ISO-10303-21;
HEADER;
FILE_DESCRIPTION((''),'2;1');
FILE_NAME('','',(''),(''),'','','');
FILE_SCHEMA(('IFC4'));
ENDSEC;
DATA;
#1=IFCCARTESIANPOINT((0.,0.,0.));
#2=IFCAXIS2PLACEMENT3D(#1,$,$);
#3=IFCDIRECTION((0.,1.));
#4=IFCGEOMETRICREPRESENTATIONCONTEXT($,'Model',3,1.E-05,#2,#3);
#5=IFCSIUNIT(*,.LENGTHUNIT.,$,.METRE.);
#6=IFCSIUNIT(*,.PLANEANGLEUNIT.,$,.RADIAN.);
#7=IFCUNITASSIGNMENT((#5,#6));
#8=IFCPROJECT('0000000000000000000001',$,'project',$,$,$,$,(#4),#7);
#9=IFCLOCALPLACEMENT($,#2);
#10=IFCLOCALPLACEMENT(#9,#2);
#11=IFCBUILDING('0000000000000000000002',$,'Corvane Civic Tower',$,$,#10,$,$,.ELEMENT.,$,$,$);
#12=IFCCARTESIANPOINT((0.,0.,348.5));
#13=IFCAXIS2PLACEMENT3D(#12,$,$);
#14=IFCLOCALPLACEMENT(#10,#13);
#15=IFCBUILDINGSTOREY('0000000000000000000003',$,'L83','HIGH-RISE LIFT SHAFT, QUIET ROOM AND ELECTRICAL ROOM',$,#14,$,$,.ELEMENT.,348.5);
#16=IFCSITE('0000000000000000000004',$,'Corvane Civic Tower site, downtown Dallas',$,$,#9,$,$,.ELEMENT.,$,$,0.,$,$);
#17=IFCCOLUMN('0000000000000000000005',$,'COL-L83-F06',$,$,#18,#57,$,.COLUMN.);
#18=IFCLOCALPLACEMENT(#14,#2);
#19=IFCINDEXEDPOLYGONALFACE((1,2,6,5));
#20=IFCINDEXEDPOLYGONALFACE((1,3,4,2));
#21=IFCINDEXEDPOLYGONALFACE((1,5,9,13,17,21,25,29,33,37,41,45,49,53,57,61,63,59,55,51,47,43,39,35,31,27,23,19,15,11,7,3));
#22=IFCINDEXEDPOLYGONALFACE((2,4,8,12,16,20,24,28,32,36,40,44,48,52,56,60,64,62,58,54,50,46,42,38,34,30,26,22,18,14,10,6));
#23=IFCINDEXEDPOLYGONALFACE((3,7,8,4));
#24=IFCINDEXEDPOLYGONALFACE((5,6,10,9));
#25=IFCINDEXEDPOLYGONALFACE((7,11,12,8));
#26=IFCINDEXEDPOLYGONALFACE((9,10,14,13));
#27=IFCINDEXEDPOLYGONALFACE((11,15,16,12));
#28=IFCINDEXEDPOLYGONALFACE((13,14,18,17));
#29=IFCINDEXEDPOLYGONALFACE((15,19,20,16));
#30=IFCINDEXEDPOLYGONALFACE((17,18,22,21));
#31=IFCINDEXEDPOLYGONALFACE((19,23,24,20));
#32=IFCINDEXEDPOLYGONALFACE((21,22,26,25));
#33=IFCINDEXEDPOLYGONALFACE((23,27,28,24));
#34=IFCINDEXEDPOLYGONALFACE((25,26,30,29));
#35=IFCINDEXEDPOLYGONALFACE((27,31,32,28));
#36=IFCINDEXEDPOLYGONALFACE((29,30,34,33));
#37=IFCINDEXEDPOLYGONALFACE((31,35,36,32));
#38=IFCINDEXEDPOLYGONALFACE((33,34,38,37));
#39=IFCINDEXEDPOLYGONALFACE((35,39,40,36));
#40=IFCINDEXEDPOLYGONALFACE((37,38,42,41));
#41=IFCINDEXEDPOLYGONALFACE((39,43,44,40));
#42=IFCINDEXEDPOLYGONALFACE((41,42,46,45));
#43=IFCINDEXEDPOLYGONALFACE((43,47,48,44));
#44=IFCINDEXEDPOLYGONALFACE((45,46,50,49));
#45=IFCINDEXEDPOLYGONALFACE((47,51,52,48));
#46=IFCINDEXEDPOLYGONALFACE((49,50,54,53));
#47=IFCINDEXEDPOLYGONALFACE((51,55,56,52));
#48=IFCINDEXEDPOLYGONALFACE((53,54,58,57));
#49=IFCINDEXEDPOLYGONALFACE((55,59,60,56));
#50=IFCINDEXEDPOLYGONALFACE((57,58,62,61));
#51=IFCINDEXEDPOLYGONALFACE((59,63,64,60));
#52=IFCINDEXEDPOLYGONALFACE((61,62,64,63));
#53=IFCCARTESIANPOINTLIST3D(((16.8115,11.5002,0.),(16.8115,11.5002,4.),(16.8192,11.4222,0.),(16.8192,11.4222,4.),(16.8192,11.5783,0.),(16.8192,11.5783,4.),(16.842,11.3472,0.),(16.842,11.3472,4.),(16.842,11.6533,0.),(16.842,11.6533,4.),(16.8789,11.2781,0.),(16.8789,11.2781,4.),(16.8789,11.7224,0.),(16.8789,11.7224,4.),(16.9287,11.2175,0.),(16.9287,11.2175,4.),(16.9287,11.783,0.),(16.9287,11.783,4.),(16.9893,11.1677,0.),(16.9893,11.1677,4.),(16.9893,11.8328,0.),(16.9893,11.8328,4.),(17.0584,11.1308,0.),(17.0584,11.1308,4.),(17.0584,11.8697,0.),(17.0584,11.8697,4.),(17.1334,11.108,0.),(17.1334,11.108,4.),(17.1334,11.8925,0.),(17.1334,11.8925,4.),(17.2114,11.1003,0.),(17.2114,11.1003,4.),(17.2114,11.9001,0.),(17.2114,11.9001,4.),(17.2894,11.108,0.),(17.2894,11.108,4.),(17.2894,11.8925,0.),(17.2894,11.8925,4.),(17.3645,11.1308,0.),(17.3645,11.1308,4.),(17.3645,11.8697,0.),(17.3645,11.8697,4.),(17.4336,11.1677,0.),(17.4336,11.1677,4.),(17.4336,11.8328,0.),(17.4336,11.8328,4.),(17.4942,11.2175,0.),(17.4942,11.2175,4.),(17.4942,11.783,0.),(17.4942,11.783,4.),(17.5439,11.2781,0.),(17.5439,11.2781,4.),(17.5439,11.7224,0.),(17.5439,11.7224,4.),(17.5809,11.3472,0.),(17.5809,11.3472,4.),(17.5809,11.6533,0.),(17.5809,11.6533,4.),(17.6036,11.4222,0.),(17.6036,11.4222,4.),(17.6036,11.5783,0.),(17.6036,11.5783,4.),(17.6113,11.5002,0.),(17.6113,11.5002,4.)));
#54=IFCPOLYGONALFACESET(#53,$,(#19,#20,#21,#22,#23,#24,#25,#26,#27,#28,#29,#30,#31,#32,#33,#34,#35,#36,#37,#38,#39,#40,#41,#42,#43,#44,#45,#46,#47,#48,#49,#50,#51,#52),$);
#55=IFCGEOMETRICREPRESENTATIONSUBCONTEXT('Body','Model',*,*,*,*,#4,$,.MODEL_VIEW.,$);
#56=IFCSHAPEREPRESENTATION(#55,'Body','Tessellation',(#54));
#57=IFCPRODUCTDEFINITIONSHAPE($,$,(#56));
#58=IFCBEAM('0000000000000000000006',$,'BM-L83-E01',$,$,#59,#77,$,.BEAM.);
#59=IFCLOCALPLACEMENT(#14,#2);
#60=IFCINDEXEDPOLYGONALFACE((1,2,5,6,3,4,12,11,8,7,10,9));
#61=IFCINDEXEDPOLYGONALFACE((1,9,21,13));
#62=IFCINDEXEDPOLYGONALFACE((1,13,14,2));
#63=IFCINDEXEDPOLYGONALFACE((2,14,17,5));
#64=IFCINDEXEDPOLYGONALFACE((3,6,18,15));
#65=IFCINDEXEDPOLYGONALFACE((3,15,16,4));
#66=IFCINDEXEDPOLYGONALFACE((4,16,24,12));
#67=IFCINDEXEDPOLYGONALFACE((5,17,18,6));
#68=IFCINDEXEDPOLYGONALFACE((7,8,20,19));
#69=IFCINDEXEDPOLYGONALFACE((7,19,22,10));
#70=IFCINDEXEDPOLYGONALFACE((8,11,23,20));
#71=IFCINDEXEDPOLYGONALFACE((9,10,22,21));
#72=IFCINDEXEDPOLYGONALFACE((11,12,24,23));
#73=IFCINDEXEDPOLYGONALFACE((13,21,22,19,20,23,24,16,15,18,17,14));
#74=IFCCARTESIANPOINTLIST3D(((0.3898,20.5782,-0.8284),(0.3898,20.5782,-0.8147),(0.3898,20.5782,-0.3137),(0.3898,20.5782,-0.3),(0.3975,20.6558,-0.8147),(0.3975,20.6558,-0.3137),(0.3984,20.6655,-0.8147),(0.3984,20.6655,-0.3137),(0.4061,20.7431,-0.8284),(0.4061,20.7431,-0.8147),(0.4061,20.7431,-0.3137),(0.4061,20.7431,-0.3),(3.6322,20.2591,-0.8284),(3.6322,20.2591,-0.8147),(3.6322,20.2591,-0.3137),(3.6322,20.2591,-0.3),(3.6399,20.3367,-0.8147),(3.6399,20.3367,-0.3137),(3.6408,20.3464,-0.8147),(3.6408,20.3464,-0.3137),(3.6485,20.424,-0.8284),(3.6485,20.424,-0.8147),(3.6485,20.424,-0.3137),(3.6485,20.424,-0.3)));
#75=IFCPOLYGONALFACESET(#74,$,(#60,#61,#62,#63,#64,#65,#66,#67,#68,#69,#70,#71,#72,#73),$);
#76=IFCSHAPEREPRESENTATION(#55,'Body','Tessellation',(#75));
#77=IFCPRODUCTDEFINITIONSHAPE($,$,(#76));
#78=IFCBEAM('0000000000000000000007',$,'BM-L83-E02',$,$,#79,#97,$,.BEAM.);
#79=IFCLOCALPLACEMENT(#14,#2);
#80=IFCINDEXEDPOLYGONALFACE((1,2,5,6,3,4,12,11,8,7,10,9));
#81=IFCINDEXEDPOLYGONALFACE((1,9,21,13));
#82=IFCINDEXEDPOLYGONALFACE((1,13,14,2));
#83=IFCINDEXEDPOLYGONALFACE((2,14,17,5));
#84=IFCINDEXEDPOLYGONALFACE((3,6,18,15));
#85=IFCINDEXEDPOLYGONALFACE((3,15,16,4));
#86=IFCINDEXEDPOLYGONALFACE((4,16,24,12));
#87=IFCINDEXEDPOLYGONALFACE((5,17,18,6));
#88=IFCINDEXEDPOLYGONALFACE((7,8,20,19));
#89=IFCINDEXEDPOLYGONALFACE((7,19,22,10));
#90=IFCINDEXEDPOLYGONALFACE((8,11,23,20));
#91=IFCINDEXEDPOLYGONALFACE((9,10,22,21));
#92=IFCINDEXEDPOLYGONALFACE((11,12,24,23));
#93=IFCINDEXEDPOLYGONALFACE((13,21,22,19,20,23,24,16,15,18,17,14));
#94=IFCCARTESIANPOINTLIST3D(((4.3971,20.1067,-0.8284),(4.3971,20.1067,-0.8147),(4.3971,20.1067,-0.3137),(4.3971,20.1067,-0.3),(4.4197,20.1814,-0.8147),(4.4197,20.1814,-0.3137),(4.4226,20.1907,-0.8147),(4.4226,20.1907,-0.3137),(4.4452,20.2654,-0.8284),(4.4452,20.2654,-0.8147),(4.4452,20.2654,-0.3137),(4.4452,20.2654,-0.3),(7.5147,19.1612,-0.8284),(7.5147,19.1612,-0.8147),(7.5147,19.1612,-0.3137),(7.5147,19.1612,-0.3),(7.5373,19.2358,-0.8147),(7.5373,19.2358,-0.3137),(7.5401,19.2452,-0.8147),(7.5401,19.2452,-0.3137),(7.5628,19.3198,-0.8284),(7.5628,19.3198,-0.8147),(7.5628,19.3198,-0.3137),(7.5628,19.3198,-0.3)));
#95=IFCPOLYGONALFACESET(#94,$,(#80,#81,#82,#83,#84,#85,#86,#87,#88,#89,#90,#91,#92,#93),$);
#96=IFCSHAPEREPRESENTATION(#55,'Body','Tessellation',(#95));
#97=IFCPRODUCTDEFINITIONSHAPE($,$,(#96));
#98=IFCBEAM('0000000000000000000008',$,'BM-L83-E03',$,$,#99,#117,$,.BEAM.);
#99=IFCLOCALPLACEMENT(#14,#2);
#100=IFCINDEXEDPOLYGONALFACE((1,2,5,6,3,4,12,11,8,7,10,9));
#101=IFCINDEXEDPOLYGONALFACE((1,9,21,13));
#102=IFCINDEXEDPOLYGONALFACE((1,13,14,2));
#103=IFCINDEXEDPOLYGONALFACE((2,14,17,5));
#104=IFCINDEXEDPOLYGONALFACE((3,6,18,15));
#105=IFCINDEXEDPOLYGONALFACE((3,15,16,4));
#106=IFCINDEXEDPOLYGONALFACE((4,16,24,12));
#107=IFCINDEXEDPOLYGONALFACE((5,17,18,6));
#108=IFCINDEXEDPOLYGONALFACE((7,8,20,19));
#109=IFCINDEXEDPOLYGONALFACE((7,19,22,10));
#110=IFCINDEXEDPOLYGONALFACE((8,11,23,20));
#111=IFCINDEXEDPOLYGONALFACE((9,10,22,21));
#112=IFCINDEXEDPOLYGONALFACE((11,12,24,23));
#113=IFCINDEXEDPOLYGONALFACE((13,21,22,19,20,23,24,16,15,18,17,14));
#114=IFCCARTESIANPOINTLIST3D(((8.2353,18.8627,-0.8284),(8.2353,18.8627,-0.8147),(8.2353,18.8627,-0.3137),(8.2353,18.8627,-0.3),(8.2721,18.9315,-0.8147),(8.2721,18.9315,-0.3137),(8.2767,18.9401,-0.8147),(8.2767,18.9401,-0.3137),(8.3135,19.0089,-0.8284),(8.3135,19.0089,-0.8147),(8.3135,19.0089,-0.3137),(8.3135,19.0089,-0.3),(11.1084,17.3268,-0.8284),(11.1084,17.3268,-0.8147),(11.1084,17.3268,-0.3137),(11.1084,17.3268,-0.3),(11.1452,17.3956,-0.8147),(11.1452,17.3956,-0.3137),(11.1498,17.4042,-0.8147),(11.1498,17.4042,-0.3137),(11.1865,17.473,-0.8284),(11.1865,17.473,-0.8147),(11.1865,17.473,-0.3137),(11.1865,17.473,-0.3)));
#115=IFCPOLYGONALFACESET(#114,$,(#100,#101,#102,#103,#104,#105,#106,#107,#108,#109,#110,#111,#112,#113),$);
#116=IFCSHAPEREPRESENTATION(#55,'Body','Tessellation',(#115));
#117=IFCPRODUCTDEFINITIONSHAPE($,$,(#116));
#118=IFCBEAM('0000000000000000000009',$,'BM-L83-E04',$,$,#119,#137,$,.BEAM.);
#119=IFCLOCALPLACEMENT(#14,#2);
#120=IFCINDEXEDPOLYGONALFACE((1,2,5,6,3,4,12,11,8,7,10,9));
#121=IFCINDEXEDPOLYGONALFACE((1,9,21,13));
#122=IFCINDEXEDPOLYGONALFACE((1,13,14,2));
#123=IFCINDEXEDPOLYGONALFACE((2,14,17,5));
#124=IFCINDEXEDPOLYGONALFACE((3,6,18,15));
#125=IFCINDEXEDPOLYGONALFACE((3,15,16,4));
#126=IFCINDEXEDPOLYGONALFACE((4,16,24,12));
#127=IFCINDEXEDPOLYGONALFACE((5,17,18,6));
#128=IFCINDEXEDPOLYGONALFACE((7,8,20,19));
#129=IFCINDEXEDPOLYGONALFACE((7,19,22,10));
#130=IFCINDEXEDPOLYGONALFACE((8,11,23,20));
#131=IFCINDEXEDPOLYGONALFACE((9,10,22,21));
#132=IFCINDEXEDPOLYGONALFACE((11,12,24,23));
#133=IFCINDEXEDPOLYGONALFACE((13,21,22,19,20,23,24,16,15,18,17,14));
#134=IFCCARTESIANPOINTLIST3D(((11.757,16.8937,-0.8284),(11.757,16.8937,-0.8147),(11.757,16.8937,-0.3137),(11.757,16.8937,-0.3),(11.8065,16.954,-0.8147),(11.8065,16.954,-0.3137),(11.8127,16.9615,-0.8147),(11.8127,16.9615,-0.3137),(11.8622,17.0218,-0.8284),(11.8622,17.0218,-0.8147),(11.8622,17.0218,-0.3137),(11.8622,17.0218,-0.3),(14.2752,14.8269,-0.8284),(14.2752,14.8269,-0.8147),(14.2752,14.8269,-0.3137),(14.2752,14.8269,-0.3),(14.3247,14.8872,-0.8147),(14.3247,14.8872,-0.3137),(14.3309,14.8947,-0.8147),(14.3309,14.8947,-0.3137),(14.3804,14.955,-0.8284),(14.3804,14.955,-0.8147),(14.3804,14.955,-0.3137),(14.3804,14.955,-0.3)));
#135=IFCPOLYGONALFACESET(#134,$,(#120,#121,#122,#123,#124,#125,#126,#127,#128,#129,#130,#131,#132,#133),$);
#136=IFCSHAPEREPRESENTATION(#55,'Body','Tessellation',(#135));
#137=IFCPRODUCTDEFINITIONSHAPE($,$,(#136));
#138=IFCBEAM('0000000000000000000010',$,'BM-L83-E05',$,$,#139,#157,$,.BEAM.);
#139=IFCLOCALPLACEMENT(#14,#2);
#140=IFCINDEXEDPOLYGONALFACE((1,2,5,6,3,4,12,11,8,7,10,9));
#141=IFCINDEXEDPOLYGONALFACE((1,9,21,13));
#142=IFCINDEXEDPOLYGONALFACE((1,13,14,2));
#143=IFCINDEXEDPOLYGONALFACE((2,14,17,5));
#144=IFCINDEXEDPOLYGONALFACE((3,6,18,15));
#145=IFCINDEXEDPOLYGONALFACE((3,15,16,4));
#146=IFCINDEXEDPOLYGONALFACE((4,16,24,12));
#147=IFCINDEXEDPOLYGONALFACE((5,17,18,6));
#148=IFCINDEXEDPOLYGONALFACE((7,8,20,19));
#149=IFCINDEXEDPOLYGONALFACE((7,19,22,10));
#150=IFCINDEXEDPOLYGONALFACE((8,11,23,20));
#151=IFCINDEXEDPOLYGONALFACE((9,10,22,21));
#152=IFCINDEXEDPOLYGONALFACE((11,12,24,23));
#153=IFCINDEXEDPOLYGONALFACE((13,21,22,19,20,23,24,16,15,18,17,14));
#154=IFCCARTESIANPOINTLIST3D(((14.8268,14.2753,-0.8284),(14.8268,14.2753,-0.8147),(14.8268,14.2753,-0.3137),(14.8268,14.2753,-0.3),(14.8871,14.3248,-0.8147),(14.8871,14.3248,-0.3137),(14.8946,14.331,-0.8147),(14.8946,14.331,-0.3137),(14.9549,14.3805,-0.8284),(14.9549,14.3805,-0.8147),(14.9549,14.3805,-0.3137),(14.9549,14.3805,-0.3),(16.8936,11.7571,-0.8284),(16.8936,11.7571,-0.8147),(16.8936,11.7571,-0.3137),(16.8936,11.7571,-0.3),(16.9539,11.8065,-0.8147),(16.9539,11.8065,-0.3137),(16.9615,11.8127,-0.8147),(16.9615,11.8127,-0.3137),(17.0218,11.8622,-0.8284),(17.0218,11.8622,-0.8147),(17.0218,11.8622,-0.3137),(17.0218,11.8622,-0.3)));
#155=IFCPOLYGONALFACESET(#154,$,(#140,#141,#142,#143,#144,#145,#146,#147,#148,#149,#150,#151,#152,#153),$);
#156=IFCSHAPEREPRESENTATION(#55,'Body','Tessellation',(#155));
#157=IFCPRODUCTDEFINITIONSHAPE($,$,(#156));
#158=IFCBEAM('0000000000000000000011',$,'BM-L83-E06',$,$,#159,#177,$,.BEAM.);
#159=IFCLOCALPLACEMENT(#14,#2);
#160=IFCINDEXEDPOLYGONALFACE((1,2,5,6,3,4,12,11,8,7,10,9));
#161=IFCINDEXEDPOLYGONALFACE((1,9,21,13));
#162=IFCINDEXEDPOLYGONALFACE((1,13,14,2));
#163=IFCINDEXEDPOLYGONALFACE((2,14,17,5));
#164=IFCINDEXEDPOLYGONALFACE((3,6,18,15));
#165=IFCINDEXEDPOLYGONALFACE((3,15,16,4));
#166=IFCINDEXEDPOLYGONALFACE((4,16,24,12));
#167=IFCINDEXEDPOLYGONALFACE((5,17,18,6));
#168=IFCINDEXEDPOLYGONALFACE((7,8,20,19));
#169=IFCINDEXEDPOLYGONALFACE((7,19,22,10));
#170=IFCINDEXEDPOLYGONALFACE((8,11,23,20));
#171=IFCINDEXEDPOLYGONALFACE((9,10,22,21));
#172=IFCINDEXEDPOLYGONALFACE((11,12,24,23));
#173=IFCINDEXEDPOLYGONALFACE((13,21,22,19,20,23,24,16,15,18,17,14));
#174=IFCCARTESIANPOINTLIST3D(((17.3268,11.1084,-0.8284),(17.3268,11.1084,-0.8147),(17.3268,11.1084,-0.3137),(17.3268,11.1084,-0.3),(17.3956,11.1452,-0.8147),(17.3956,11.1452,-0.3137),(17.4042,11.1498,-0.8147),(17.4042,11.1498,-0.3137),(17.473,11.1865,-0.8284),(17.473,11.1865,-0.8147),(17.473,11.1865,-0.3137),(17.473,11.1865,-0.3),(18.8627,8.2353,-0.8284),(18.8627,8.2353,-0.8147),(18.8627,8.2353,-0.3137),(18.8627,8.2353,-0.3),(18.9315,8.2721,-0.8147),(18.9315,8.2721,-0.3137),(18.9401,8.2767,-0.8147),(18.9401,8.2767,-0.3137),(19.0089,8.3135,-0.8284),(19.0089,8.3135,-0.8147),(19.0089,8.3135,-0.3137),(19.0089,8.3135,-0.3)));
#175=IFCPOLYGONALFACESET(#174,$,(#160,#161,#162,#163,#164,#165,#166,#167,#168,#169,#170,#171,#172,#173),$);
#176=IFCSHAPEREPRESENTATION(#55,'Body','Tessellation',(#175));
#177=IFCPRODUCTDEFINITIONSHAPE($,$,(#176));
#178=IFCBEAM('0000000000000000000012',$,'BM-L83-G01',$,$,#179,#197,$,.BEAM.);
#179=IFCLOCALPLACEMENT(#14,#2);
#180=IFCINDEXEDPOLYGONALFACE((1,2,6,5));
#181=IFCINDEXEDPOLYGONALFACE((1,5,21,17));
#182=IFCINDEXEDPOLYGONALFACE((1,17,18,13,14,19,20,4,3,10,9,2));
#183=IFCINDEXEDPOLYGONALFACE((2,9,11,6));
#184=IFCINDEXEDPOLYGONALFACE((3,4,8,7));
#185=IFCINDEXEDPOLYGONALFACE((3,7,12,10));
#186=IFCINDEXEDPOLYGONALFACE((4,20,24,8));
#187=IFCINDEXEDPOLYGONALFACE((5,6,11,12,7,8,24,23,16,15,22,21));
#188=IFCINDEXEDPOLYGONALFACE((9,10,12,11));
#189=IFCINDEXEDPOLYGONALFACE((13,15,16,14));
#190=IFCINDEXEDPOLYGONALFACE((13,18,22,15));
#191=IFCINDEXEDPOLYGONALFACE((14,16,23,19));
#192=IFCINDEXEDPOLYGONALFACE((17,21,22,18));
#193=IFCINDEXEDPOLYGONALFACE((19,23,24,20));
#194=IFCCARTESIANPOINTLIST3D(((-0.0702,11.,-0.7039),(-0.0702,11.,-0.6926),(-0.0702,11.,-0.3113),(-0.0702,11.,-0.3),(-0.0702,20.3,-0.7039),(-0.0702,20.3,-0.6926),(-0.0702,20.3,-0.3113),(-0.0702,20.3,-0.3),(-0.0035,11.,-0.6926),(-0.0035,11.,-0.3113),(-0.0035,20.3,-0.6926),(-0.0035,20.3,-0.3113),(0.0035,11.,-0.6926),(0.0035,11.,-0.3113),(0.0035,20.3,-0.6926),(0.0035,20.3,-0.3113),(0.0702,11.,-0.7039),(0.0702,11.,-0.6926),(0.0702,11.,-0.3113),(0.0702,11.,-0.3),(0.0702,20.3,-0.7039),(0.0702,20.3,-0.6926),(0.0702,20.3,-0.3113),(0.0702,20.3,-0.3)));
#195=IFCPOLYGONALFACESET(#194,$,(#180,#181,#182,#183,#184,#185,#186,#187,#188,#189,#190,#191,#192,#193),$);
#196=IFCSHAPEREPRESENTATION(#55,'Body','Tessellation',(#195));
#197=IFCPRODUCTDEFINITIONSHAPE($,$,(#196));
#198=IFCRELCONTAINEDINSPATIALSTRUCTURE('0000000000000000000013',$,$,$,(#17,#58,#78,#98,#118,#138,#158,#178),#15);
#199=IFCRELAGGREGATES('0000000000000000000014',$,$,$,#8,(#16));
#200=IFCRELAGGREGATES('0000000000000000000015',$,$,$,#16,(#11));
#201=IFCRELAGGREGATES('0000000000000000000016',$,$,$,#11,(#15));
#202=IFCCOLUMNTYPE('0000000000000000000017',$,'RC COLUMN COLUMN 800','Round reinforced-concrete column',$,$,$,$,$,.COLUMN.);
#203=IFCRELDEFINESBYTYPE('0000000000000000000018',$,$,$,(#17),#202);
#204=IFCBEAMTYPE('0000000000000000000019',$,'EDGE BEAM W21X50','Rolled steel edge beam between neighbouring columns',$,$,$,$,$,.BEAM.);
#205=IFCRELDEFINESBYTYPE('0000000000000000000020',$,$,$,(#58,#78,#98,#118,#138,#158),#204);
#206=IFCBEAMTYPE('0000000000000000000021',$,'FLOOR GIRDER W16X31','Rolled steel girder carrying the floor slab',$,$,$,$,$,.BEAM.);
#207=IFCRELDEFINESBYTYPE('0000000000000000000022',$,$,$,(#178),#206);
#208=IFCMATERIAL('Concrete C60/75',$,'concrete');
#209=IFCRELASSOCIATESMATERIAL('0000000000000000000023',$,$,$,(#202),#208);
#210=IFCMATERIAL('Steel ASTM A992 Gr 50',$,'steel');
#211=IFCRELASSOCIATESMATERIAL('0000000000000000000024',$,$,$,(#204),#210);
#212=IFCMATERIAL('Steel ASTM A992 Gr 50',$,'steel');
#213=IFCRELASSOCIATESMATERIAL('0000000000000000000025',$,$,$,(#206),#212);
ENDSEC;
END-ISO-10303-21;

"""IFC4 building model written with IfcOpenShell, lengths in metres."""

from ifc_helpers import new_model, si_unit, direction, frame, origin, origin_2d, place, context, subcontext, project, spatial, circle, i_section, extrude, material, material_profile, profile_set, type_object, element, save


model = new_model("IFC4")

# Units and contexts
model_context = context("Model", 3, precision=1e-05, world=origin(), true_north=direction((0.0, 1.0)))
body_context = subcontext(model_context, "Body", "Model", "MODEL_VIEW")
ifc_project = project(units=[si_unit("LENGTHUNIT", "METRE"), si_unit("PLANEANGLEUNIT", "RADIAN")], contexts=[model_context])

# Site, building, storey
site_placement = place(None, origin())
site = spatial("IfcSite", under=ifc_project, at=site_placement, Name="Corvane Civic Tower site, downtown Dallas", CompositionType="ELEMENT", RefElevation=0.0)
building_placement = place(site_placement, origin())
building = spatial("IfcBuilding", under=site, at=building_placement, Name="Corvane Civic Tower", CompositionType="ELEMENT")
storey_placement = place(building_placement, frame((0.0, 0.0, 348.5)))
storey = spatial("IfcBuildingStorey", under=building, at=storey_placement, Name="L83", Description="HIGH-RISE LIFT SHAFT, QUIET ROOM AND ELECTRICAL ROOM", CompositionType="ELEMENT", Elevation=348.5)

# Column
ifc_material_1 = material(Name="Concrete C60/75", Category="concrete")
ifc_material_profile_1 = material_profile(ifc_material_1, circle(Radius=0.3999, at=origin_2d()), Name="COLUMN 800")
ifc_profile_set_1 = profile_set([ifc_material_profile_1], Name="Concrete C60/75")
column_type = type_object("IfcColumnType", Name="RC COLUMN COLUMN 800", Description="Round reinforced-concrete column", PredefinedType="COLUMN", material=ifc_profile_set_1)
for number, where, z_axis, x_axis, name in (
    (1, (17.2114, 11.5002, 0.0), (0.0, 0.0, 1.0), (1.0, 0.0, 0.0), "COL-L83-F06"),
):
    element("IfcColumn", number, at=place(storey_placement, frame(where, z_axis=z_axis, x_axis=x_axis)), inside=storey, type_object=column_type, Name=name, PredefinedType="COLUMN", context=body_context, shape_type="SweptSolid", body=[
        extrude(circle(Radius=0.3999, at=origin_2d()), origin(), (0.0, 0.0, 1.0), 4.0),
    ])

# Beams
ifc_material_2 = material(Name="Steel ASTM A992 Gr 50", Category="steel")
ifc_material_profile_2 = material_profile(ifc_material_2, i_section(OverallWidth=0.1658, OverallDepth=0.5283, WebThickness=0.0098, FlangeThickness=0.0137, at=origin_2d()), Name="W21X50")
ifc_profile_set_2 = profile_set([ifc_material_profile_2], Name="Steel ASTM A992 Gr 50")
beam_type_1 = type_object("IfcBeamType", Name="EDGE BEAM W21X50", Description="Rolled steel edge beam between neighbouring columns", PredefinedType="BEAM", material=ifc_profile_set_2)
beam_1_placement = place(storey_placement, frame((0.3979, 20.6606, -0.5642), z_axis=(0.995193, -0.097938, 0.0), x_axis=(0.097938, 0.995193, 0.0)))
element("IfcBeam", 2, at=beam_1_placement, inside=storey, type_object=beam_type_1, Name="BM-L83-E01", PredefinedType="BEAM", context=body_context, shape_type="SweptSolid", body=[
    extrude(i_section(OverallWidth=0.1658, OverallDepth=0.5283, WebThickness=0.0098, FlangeThickness=0.0137, at=origin_2d()), origin(), (0.0, 0.0, 1.0), 3.2581),
])
for number, where, z_axis, x_axis, name in (
    (3, (4.4211, 20.186, -0.5642), (0.956956, -0.290234, 0.0), (0.290234, 0.956956, 0.0), "BM-L83-E02"),
    (4, (8.2744, 18.9358, -0.5642), (0.881894, -0.471448, 0.0), (0.471448, 0.881894, 0.0), "BM-L83-E03"),
    (5, (11.8096, 16.9578, -0.5642), (0.772985, -0.634425, 0.0), (0.634425, 0.772985, 0.0), "BM-L83-E04"),
    (6, (14.8909, 14.3279, -0.5642), (0.634425, -0.772985, 0.0), (0.772985, 0.634425, 0.0), "BM-L83-E05"),
    (7, (17.3999, 11.1475, -0.5642), (0.471448, -0.881894, 0.0), (0.881894, 0.471448, 0.0), "BM-L83-E06"),
):
    element("IfcBeam", number, at=place(storey_placement, frame(where, z_axis=z_axis, x_axis=x_axis)), inside=storey, type_object=beam_type_1, Name=name, PredefinedType="BEAM", context=body_context, shape_type="SweptSolid", body=[
        extrude(i_section(OverallWidth=0.1658, OverallDepth=0.5283, WebThickness=0.0098, FlangeThickness=0.0137, at=origin_2d()), origin(), (0.0, 0.0, 1.0), 3.2578),
    ])
ifc_material_3 = material(Name="Steel ASTM A992 Gr 50", Category="steel")
ifc_material_profile_3 = material_profile(ifc_material_3, i_section(OverallWidth=0.1404, OverallDepth=0.4038, WebThickness=0.0071, FlangeThickness=0.0112, at=origin_2d()), Name="W16X31")
ifc_profile_set_3 = profile_set([ifc_material_profile_3], Name="Steel ASTM A992 Gr 50")
beam_type_2 = type_object("IfcBeamType", Name="FLOOR GIRDER W16X31", Description="Rolled steel girder carrying the floor slab", PredefinedType="BEAM", material=ifc_profile_set_3)
beam_2_placement = place(storey_placement, frame((0.0, 11.0, -0.502), z_axis=(0.0, 1.0, 0.0), x_axis=(-1.0, 0.0, 0.0)))
element("IfcBeam", 8, at=beam_2_placement, inside=storey, type_object=beam_type_2, Name="BM-L83-G01", PredefinedType="BEAM", context=body_context, shape_type="SweptSolid", body=[
    extrude(i_section(OverallWidth=0.1404, OverallDepth=0.4038, WebThickness=0.0071, FlangeThickness=0.0112, at=origin_2d()), origin(), (0.0, 0.0, 1.0), 9.3),
])

save(model, "model.ifc")
